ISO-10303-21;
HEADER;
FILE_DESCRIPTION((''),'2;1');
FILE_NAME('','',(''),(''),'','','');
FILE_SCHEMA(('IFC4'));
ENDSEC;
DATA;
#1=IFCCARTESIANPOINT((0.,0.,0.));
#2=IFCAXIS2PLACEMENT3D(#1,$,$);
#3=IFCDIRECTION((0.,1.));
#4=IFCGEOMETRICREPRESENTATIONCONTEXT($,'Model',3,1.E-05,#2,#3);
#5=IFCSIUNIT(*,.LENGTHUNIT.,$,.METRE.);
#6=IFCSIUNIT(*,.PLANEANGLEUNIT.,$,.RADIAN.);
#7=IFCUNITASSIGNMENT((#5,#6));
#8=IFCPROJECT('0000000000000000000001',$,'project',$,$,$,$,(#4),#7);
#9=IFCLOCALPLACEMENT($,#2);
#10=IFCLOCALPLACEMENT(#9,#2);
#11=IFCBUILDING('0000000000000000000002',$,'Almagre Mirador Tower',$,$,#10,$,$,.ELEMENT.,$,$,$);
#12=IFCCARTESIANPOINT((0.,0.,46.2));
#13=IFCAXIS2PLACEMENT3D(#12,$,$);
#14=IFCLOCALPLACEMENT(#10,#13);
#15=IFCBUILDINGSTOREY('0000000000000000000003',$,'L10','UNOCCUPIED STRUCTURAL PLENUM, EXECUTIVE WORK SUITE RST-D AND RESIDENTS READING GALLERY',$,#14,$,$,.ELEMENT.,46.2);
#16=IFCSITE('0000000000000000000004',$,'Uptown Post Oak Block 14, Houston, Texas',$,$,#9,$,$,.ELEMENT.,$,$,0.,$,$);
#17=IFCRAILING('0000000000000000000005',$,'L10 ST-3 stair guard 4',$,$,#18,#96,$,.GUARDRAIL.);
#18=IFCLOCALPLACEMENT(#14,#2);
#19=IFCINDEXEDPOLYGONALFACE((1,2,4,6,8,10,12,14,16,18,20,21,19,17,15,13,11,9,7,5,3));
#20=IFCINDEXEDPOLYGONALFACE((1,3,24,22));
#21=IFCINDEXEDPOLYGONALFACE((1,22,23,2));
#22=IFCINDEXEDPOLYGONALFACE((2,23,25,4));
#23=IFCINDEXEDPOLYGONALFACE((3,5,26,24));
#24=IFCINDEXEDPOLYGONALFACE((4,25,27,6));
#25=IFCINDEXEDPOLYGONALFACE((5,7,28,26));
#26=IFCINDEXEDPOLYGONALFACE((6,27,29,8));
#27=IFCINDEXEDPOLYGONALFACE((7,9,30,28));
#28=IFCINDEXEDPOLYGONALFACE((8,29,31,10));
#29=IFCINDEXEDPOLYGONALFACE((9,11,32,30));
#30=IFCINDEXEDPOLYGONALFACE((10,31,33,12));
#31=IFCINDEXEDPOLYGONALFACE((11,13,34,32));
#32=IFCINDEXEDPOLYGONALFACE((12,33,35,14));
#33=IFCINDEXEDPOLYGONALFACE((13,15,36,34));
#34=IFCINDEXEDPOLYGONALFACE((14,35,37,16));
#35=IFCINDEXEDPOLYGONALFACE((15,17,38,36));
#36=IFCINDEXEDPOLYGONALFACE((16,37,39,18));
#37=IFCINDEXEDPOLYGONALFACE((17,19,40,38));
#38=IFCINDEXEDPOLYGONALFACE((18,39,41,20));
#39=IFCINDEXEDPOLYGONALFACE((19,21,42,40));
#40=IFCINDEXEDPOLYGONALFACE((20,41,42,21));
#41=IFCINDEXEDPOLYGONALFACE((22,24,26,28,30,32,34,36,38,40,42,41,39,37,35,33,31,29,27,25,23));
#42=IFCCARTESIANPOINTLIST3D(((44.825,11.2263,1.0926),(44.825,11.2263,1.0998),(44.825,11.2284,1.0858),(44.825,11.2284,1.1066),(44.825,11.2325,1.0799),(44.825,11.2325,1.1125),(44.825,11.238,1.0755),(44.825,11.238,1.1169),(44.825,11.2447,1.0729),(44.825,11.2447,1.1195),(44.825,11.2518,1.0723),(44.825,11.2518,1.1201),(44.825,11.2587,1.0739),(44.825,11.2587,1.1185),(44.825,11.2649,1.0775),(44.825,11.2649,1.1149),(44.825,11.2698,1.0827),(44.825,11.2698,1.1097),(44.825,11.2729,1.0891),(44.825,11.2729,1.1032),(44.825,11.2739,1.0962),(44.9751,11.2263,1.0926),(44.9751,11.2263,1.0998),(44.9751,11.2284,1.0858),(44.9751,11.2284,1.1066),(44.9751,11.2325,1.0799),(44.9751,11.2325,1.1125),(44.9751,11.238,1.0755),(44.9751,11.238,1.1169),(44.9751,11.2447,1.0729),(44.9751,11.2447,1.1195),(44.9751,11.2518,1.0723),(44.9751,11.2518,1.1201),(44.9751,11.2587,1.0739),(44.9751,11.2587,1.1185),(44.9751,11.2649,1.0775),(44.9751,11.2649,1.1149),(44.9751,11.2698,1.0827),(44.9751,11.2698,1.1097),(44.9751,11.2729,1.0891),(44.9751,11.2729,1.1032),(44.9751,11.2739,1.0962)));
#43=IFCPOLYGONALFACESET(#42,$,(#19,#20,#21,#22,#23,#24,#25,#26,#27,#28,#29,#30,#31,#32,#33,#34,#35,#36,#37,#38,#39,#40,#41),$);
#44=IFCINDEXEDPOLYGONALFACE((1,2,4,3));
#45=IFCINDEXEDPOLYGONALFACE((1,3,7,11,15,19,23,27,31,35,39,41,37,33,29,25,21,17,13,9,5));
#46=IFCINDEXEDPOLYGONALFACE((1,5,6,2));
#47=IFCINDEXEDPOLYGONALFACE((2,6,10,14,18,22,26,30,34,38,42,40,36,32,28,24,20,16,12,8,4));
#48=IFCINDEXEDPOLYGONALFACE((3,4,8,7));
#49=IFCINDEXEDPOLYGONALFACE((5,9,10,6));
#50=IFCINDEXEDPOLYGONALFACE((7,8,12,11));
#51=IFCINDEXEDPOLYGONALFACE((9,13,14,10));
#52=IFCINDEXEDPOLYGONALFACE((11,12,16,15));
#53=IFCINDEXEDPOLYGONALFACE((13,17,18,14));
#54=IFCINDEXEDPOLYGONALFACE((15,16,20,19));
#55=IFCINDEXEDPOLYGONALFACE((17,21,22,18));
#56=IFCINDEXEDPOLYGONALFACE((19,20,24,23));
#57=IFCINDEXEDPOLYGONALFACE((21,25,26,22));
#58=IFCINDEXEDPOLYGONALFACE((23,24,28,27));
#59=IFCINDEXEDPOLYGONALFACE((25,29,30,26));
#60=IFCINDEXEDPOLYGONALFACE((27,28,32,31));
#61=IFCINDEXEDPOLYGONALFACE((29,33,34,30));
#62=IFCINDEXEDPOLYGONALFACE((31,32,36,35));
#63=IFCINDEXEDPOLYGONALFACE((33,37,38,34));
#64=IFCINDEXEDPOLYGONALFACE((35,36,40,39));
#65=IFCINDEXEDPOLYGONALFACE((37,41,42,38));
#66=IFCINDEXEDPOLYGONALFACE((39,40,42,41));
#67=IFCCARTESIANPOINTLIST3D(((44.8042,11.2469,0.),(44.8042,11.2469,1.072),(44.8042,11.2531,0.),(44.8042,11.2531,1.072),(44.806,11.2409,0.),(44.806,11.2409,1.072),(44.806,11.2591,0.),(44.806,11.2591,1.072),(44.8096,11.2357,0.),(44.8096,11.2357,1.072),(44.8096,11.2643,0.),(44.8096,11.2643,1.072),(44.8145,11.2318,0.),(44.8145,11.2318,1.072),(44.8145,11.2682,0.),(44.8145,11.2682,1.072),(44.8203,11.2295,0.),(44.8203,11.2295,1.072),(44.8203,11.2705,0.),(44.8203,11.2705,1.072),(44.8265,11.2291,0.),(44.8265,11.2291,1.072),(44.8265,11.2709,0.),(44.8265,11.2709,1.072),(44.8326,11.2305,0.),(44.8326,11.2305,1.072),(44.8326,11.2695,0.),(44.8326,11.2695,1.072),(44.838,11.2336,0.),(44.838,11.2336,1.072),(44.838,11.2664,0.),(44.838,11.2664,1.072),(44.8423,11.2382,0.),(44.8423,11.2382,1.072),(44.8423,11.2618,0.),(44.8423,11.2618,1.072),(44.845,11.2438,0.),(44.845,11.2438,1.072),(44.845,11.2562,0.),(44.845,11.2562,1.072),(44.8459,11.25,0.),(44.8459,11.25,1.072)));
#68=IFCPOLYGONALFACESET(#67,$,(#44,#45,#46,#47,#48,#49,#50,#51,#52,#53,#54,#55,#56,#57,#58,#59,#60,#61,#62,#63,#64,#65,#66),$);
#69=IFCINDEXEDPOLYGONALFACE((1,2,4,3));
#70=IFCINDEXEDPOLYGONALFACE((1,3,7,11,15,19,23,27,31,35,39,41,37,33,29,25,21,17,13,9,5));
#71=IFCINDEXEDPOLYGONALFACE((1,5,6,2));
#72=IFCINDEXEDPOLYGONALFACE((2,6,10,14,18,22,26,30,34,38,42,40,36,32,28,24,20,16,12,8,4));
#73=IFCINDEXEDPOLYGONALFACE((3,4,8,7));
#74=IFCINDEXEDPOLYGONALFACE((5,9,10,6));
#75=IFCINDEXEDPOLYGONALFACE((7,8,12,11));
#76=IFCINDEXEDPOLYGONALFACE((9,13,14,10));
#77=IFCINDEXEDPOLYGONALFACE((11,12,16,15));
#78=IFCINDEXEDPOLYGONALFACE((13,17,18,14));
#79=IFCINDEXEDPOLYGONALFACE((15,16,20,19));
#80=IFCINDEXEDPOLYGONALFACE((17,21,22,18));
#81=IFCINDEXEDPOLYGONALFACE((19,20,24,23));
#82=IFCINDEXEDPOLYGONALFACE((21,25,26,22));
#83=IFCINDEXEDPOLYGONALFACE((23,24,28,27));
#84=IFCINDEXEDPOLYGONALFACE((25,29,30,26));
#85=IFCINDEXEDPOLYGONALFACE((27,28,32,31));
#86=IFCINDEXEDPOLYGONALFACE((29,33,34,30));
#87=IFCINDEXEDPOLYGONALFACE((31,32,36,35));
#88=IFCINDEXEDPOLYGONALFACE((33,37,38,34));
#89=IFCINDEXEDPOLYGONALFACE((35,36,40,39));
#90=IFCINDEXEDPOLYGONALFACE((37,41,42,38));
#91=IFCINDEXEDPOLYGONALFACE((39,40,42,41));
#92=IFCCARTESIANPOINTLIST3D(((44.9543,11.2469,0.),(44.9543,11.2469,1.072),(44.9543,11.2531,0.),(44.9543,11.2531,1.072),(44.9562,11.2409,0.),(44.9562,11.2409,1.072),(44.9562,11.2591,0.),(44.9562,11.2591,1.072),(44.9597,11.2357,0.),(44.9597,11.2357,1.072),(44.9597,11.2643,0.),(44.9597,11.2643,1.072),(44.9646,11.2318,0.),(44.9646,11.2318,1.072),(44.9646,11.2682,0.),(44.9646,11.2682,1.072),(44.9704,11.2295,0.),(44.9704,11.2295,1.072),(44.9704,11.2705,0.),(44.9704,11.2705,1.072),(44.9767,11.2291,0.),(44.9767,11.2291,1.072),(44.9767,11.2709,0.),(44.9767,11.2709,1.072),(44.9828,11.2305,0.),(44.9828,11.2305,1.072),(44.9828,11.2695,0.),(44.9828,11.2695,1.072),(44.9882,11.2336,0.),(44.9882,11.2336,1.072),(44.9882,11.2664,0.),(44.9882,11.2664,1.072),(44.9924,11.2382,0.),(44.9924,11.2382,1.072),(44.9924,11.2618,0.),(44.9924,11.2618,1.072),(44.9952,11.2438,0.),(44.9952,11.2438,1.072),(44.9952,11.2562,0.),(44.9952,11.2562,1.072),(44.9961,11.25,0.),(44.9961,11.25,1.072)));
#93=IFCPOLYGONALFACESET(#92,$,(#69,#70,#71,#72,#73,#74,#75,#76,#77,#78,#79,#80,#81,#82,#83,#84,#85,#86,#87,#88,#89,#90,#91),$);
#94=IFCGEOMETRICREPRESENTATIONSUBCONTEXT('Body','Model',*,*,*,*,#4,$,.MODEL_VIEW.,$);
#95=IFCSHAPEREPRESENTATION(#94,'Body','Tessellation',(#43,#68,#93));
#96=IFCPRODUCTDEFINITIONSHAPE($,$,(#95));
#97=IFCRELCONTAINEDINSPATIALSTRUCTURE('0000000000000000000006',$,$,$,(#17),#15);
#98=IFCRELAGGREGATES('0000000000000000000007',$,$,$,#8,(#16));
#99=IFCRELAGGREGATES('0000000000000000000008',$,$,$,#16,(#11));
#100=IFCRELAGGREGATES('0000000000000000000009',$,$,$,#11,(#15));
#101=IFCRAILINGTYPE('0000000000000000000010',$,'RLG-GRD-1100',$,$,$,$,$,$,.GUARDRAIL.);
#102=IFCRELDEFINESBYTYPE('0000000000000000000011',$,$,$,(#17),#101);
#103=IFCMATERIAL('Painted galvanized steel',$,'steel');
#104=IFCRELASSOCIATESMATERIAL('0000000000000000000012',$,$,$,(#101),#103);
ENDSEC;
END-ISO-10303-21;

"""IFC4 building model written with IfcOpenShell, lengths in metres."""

from ifc_helpers import new_model, si_unit, direction, frame, origin, origin_2d, place, context, subcontext, project, spatial, circle, extrude, material, type_object, element, save


model = new_model("IFC4")

# Units and contexts
model_context = context("Model", 3, precision=1e-05, world=origin(), true_north=direction((0.0, 1.0)))
body_context = subcontext(model_context, "Body", "Model", "MODEL_VIEW")
ifc_project = project(units=[si_unit("LENGTHUNIT", "METRE"), si_unit("PLANEANGLEUNIT", "RADIAN")], contexts=[model_context])

# Site, building, storey
site_placement = place(None, origin())
site = spatial("IfcSite", under=ifc_project, at=site_placement, Name="Uptown Post Oak Block 14, Houston, Texas", CompositionType="ELEMENT", RefElevation=0.0)
building_placement = place(site_placement, origin())
building = spatial("IfcBuilding", under=site, at=building_placement, Name="Almagre Mirador Tower", CompositionType="ELEMENT")
storey_placement = place(building_placement, frame((0.0, 0.0, 46.2)))
storey = spatial("IfcBuildingStorey", under=building, at=storey_placement, Name="L10", Description="UNOCCUPIED STRUCTURAL PLENUM, EXECUTIVE WORK SUITE RST-D AND RESIDENTS READING GALLERY", CompositionType="ELEMENT", Elevation=46.2)

# Railing
ifc_material_1 = material(Name="Painted galvanized steel", Category="steel")
railing_type_1 = type_object("IfcRailingType", Name="RLG-GRD-1100", PredefinedType="GUARDRAIL", material=ifc_material_1)
railing_1_placement = place(storey_placement, frame((44.825, 11.25, 0.0)))
element("IfcRailing", 1, at=railing_1_placement, inside=storey, type_object=railing_type_1, Name="L10 ST-3 stair guard 4", PredefinedType="GUARDRAIL", context=body_context, shape_type="SweptSolid", body=[
    extrude(circle(Radius=0.0239, at=origin_2d()), frame((0.0, 0.0, 1.0962), z_axis=(1.0, 0.0, 0.0), x_axis=(0.0, 1.0, 0.0)), (0.0, 0.0, 1.0), 0.1501),
    extrude(circle(Radius=0.021, at=origin_2d()), origin(), (0.0, 0.0, 1.0), 1.072),
    extrude(circle(Radius=0.021, at=origin_2d()), frame((0.1501, 0.0, 0.0)), (0.0, 0.0, 1.0), 1.072),
])

save(model, "model.ifc")
